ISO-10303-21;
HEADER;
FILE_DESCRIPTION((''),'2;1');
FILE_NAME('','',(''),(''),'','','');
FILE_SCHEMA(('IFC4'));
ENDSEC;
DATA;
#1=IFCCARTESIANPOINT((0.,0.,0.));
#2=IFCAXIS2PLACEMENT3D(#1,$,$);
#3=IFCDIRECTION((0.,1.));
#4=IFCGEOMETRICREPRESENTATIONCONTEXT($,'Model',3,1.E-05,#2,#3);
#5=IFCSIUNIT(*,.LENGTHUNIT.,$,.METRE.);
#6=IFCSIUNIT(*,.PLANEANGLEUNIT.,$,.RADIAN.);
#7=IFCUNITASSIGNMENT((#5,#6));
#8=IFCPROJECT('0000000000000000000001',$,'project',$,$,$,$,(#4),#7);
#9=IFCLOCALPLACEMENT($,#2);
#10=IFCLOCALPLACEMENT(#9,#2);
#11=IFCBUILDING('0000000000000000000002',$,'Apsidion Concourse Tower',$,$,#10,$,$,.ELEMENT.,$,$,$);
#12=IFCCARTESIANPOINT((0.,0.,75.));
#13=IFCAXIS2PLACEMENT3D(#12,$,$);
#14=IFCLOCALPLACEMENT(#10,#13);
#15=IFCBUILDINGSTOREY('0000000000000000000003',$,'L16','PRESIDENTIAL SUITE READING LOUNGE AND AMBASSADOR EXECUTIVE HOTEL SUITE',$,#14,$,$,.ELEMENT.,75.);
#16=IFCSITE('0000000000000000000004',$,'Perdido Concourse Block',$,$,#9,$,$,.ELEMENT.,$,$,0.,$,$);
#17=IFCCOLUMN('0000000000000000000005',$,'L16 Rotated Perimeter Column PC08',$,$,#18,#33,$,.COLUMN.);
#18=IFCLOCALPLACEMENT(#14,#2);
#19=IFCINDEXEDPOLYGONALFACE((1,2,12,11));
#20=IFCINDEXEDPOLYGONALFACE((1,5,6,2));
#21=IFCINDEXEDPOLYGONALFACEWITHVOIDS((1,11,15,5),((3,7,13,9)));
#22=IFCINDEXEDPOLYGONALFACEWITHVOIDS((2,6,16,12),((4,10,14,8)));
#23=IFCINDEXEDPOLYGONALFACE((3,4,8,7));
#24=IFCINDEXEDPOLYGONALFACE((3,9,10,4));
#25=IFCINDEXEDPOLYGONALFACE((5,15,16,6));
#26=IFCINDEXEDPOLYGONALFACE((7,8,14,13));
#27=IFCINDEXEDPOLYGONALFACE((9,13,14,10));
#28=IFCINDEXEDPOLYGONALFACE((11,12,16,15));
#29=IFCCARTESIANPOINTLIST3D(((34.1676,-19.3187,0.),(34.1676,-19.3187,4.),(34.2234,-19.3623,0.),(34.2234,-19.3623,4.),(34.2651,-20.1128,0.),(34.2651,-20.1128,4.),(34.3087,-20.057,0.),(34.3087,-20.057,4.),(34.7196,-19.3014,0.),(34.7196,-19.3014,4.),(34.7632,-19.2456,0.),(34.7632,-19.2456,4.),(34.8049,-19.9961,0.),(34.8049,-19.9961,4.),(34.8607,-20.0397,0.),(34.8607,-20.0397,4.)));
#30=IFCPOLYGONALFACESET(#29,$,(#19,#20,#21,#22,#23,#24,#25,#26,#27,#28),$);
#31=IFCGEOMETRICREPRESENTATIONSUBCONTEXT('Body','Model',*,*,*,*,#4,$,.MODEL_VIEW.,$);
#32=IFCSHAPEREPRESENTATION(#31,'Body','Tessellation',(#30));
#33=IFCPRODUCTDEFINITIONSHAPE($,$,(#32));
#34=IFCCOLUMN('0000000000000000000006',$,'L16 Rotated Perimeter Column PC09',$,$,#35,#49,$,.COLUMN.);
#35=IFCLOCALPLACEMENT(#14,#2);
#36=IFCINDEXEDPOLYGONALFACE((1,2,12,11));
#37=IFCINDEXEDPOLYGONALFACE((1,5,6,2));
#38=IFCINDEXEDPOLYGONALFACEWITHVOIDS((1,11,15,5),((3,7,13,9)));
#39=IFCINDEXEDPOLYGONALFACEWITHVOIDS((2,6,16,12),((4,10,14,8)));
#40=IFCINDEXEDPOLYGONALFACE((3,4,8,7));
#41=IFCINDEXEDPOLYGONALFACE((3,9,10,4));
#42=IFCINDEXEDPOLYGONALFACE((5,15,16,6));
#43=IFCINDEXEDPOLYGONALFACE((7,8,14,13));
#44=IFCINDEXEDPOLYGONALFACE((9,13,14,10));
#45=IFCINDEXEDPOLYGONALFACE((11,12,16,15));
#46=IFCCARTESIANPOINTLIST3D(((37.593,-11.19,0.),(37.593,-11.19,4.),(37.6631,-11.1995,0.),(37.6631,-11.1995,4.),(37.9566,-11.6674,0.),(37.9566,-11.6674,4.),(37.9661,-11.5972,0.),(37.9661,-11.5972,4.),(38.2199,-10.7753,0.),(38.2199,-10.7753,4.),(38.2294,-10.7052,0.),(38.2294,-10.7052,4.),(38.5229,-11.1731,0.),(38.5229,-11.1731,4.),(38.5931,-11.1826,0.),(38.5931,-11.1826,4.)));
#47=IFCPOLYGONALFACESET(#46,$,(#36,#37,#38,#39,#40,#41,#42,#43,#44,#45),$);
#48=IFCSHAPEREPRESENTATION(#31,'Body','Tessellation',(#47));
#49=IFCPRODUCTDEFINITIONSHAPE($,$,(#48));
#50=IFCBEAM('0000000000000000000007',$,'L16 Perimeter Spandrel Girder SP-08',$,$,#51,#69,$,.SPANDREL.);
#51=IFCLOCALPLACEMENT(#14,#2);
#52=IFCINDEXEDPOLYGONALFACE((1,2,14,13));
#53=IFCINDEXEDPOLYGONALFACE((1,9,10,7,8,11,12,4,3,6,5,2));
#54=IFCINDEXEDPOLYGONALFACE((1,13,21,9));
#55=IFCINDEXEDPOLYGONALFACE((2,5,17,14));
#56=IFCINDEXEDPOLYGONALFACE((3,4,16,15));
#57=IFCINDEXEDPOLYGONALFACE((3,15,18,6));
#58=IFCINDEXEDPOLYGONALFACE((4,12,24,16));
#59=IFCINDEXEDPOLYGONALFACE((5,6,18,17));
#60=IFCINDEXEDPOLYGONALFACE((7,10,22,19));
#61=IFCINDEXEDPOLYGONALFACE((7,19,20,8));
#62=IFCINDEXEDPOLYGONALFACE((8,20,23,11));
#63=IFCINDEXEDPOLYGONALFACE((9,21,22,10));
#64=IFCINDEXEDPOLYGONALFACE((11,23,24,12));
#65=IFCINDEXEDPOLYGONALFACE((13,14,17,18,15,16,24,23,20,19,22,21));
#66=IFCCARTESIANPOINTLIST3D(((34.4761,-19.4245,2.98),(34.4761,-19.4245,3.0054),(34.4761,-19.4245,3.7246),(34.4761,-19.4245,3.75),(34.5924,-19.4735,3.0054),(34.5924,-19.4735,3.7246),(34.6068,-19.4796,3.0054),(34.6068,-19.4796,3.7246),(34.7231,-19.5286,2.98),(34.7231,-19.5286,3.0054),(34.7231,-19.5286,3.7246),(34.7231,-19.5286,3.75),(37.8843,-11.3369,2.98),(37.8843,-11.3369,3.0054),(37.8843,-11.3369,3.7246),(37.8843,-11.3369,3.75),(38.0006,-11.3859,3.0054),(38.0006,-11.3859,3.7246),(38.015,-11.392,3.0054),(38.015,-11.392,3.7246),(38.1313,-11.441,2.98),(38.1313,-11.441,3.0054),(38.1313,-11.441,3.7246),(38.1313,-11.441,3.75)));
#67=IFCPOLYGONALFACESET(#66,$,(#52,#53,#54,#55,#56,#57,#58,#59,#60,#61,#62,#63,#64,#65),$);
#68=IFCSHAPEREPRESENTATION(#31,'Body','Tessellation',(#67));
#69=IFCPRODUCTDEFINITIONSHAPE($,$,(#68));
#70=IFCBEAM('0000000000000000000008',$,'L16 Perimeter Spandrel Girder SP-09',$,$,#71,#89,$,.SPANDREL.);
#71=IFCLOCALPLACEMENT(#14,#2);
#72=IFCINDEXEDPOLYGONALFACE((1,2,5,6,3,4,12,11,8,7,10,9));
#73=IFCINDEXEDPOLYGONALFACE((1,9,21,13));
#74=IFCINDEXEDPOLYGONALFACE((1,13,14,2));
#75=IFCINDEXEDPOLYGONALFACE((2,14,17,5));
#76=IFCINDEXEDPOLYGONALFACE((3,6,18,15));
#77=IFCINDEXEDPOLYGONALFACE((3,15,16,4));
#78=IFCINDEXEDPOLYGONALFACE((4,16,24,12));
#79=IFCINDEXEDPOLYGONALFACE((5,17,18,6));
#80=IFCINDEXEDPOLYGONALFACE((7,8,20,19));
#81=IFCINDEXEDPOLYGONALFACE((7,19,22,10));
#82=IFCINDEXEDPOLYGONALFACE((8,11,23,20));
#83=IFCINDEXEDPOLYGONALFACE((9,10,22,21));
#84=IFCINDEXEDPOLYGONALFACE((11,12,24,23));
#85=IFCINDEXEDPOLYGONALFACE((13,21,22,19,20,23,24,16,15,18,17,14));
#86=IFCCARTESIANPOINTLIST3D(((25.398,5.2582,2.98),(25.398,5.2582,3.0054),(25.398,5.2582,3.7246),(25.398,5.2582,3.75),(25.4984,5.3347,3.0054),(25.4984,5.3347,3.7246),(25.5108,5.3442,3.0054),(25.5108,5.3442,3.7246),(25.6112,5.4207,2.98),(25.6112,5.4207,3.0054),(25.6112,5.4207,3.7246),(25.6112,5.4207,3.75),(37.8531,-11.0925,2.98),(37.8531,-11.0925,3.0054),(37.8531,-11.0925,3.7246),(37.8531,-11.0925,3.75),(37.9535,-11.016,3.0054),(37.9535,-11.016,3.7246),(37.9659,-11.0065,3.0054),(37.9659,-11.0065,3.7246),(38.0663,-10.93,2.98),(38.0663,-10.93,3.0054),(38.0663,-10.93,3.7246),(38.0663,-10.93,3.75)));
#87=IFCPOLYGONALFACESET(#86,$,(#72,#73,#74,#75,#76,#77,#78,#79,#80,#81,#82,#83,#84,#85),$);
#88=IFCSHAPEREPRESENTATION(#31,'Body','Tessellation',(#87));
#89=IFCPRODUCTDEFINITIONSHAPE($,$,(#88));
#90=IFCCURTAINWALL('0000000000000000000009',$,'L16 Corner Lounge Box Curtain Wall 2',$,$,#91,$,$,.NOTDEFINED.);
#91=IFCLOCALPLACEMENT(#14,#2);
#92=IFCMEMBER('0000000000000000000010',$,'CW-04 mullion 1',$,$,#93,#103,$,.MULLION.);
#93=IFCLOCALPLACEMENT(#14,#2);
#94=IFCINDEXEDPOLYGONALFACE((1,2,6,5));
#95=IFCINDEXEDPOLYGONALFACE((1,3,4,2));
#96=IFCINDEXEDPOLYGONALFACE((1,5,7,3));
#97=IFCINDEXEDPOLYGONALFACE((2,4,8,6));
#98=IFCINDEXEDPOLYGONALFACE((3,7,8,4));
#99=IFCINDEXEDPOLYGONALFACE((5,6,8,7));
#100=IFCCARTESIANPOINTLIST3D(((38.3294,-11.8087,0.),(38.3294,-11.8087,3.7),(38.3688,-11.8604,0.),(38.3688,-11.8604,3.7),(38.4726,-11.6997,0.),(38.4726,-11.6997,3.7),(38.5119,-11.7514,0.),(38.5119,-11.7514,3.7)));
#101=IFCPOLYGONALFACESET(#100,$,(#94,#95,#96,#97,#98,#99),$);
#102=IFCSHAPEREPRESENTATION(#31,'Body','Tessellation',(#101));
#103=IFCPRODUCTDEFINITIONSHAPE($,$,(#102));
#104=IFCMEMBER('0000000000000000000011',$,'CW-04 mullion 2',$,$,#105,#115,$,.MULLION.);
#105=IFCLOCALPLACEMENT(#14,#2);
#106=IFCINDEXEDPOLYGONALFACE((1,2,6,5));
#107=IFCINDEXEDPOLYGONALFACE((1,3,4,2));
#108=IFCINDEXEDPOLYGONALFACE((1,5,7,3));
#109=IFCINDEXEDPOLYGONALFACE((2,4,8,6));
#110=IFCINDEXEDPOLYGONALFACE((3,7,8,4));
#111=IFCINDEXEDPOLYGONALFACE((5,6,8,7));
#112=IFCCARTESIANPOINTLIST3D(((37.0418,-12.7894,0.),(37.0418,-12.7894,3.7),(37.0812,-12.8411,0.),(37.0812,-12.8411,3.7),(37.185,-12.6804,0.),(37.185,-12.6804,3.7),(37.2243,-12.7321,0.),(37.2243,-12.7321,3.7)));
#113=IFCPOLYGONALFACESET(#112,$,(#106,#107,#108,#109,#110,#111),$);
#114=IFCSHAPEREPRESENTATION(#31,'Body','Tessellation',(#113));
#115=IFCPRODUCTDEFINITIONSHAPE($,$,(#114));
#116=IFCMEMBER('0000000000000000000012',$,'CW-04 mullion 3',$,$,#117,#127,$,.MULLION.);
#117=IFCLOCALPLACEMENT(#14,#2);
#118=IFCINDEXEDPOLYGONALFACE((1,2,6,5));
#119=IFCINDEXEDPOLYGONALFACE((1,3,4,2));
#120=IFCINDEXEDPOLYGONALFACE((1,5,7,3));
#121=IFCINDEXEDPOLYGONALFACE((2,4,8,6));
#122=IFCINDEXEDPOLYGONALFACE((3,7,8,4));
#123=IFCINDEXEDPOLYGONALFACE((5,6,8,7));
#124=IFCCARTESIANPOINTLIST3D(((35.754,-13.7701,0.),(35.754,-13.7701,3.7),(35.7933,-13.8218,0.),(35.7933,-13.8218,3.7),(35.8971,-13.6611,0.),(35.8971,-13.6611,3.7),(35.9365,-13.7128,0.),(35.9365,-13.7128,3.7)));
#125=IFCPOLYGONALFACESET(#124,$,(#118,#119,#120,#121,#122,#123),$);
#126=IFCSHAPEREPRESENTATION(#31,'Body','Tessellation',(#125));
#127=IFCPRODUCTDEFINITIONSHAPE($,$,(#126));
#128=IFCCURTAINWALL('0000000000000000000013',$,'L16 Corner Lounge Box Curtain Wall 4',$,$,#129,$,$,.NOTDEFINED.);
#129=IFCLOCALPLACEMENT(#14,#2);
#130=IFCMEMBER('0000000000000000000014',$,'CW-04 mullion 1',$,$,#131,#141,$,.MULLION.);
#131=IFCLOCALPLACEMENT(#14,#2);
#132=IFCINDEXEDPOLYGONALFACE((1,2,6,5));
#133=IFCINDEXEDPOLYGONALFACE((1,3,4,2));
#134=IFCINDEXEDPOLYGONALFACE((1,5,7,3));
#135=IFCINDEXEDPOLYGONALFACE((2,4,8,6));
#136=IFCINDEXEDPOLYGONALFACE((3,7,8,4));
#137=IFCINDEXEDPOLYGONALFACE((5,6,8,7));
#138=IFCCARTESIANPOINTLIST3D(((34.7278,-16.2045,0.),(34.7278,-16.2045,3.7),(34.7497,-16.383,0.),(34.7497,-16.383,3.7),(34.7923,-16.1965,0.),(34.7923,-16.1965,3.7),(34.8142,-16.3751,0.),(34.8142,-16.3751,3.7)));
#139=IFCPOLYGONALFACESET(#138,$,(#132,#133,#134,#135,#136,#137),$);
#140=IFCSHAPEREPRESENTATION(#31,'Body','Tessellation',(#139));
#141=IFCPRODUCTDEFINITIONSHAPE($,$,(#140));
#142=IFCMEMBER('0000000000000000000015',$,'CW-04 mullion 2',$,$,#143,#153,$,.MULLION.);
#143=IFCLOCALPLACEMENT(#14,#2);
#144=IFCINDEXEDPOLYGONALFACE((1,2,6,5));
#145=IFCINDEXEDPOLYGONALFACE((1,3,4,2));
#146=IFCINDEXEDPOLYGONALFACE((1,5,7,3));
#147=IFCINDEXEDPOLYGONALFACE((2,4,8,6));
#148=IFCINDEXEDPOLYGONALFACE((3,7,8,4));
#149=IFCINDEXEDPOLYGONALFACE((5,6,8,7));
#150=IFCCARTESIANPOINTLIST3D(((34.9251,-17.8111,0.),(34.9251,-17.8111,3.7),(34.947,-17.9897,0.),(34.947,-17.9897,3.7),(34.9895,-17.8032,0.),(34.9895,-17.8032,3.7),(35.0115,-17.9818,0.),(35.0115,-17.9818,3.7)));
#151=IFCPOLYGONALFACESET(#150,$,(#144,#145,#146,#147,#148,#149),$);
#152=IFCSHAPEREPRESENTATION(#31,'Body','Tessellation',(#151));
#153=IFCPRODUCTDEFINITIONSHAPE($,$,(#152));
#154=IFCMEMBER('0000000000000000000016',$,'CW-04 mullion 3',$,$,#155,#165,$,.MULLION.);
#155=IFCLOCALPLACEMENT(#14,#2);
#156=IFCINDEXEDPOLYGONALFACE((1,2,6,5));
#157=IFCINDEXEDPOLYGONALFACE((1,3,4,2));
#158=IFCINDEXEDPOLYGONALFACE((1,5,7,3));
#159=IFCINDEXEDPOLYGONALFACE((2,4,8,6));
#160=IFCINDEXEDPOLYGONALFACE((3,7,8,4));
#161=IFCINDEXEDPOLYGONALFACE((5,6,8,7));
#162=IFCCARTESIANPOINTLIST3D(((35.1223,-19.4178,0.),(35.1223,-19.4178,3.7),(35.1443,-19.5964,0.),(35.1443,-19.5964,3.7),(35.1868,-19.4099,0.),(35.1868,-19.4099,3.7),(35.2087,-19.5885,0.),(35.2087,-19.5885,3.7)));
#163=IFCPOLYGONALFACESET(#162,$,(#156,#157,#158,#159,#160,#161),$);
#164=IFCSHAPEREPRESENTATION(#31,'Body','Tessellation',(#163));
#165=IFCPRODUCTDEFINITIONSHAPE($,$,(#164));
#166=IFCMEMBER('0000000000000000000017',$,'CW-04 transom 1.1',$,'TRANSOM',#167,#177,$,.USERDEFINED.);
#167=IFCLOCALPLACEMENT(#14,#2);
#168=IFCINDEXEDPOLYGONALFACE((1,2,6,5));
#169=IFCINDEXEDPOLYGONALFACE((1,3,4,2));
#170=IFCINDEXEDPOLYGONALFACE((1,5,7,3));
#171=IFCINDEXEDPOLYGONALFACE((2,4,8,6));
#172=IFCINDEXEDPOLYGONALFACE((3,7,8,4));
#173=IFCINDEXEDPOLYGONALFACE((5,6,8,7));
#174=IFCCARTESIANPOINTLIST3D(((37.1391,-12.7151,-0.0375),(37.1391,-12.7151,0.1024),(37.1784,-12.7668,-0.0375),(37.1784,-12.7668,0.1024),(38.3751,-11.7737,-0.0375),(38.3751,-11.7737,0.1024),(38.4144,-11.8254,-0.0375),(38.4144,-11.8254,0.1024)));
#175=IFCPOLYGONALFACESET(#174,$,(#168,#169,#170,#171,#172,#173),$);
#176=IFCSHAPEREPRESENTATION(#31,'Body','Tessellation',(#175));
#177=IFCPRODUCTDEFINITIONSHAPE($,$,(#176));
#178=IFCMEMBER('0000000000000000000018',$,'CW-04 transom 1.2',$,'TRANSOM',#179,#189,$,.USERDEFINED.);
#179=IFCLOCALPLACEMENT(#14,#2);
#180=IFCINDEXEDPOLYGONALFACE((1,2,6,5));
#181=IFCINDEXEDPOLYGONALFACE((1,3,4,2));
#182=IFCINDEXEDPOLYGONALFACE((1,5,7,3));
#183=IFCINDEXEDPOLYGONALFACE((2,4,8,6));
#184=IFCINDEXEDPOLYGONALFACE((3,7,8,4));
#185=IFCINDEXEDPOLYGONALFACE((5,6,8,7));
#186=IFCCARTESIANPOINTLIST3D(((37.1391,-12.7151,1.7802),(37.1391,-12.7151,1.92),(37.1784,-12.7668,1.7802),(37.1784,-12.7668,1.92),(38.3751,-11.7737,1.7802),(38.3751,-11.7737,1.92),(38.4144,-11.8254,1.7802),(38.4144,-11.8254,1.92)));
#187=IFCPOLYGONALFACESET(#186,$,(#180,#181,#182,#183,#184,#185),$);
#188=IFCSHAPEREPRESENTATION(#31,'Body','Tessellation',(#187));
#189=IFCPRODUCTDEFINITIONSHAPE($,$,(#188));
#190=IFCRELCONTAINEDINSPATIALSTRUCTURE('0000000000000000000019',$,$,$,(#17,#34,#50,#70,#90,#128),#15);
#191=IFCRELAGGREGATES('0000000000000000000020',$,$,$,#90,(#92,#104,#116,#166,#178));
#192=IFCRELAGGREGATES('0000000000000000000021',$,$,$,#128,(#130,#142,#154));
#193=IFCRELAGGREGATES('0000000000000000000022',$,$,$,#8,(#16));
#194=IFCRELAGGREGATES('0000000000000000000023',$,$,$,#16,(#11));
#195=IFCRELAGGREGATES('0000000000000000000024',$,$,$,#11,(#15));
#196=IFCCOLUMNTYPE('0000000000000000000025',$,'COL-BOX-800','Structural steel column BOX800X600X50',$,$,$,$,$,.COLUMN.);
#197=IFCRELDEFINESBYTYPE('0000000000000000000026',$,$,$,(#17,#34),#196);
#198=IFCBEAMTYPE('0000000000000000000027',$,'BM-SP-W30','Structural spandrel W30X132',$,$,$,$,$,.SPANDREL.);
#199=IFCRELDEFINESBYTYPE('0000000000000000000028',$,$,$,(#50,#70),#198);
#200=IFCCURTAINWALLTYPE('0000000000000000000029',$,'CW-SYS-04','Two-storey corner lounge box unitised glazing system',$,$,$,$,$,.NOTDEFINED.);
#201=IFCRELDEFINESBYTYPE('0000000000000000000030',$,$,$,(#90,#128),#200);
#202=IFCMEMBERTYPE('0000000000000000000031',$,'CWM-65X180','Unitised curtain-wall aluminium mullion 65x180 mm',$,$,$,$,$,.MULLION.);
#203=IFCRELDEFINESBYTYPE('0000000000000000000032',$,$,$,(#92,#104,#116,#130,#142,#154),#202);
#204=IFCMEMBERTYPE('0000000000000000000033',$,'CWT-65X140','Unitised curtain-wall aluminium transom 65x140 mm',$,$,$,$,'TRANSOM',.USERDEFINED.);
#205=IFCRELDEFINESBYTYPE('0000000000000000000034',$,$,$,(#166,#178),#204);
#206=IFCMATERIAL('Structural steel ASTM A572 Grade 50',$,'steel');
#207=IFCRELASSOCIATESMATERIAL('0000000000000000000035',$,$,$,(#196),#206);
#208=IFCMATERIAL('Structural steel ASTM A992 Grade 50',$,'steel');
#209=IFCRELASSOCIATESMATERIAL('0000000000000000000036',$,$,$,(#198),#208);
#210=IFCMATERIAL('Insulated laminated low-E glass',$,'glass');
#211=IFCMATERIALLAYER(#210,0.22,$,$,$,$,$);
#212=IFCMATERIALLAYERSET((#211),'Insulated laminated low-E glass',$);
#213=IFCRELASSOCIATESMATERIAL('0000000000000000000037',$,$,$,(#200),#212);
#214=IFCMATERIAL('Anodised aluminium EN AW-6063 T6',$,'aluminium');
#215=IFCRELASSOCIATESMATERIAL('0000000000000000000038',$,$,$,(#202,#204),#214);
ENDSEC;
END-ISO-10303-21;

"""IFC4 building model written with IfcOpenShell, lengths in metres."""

from ifc_helpers import new_model, si_unit, direction, frame, origin, origin_2d, place, context, subcontext, project, spatial, rectangle, hollow_rectangle, i_section, extrude, material, layer, layer_set, material_profile, profile_set, type_object, element, aggregate, save


model = new_model("IFC4")

# Units and contexts
model_context = context("Model", 3, precision=1e-05, world=origin(), true_north=direction((0.0, 1.0)))
body_context = subcontext(model_context, "Body", "Model", "MODEL_VIEW")
ifc_project = project(units=[si_unit("LENGTHUNIT", "METRE"), si_unit("PLANEANGLEUNIT", "RADIAN")], contexts=[model_context])

# Site, building, storey
site_placement = place(None, origin())
site = spatial("IfcSite", under=ifc_project, at=site_placement, Name="Perdido Concourse Block", CompositionType="ELEMENT", RefElevation=0.0)
building_placement = place(site_placement, origin())
building = spatial("IfcBuilding", under=site, at=building_placement, Name="Apsidion Concourse Tower", CompositionType="ELEMENT")
storey_placement = place(building_placement, frame((0.0, 0.0, 75.0)))
storey = spatial("IfcBuildingStorey", under=building, at=storey_placement, Name="L16", Description="PRESIDENTIAL SUITE READING LOUNGE AND AMBASSADOR EXECUTIVE HOTEL SUITE", CompositionType="ELEMENT", Elevation=75.0)

# Columns
ifc_material_1 = material(Name="Structural steel ASTM A572 Grade 50", Category="steel")
ifc_material_profile_1 = material_profile(ifc_material_1, hollow_rectangle(XDim=0.6001, YDim=0.8, WallThickness=0.05, at=origin_2d()), Name="BOX800X600X50")
ifc_profile_set_1 = profile_set([ifc_material_profile_1], Name="Structural steel ASTM A572 Grade 50")
column_type = type_object("IfcColumnType", Name="COL-BOX-800", Description="Structural steel column BOX800X600X50", PredefinedType="COLUMN", material=ifc_profile_set_1)
for number, where, z_axis, x_axis, name in (
    (1, (34.5142, -19.6792, 0.0), (0.0, 0.0, 1.0), (0.992546, 0.121869, 0.0), "L16 Rotated Perimeter Column PC08"),
    (2, (38.093, -11.1863, 0.0), (0.0, 0.0, 1.0), (-0.605988, 0.795473, 0.0), "L16 Rotated Perimeter Column PC09"),
):
    element("IfcColumn", number, at=place(storey_placement, frame(where, z_axis=z_axis, x_axis=x_axis)), inside=storey, type_object=column_type, Name=name, PredefinedType="COLUMN", context=body_context, shape_type="SweptSolid", body=[
        extrude(hollow_rectangle(XDim=0.6001, YDim=0.8, WallThickness=0.05, at=origin_2d()), origin(), (0.0, 0.0, 1.0), 4.0),
    ])

# Beams
ifc_material_2 = material(Name="Structural steel ASTM A992 Grade 50", Category="steel")
ifc_material_profile_2 = material_profile(ifc_material_2, i_section(OverallWidth=0.2681, OverallDepth=0.77, WebThickness=0.0156, FlangeThickness=0.0254, at=origin_2d()), Name="W30X132")
ifc_profile_set_2 = profile_set([ifc_material_profile_2], Name="Structural steel ASTM A992 Grade 50")
beam_type = type_object("IfcBeamType", Name="BM-SP-W30", Description="Structural spandrel W30X132", PredefinedType="SPANDREL", material=ifc_profile_set_2)
beam_1_placement = place(storey_placement, frame((34.5996, -19.4766, 3.365), z_axis=(0.388336, 0.921518, 0.0), x_axis=(-0.921518, 0.388336, 0.0)))
element("IfcBeam", 3, at=beam_1_placement, inside=storey, type_object=beam_type, Name="L16 Perimeter Spandrel Girder SP-08", PredefinedType="SPANDREL", context=body_context, shape_type="SweptSolid", body=[
    extrude(i_section(OverallWidth=0.2681, OverallDepth=0.77, WebThickness=0.0156, FlangeThickness=0.0254, at=origin_2d()), origin(), (0.0, 0.0, 1.0), 8.7764),
])
beam_2_placement = place(storey_placement, frame((37.9597, -11.0112, 3.365), z_axis=(-0.605966, 0.795491, 0.0), x_axis=(-0.795491, -0.605966, 0.0)))
element("IfcBeam", 4, at=beam_2_placement, inside=storey, type_object=beam_type, Name="L16 Perimeter Spandrel Girder SP-09", PredefinedType="SPANDREL", context=body_context, shape_type="SweptSolid", body=[
    extrude(i_section(OverallWidth=0.2681, OverallDepth=0.77, WebThickness=0.0156, FlangeThickness=0.0254, at=origin_2d()), origin(), (0.0, 0.0, 1.0), 20.5542),
])

# Curtain walls, members
ifc_material_3 = material(Name="Insulated laminated low-E glass", Category="glass")
ifc_layer_1 = layer(ifc_material_3, 0.22)
ifc_layer_set_1 = layer_set([ifc_layer_1], Name="Insulated laminated low-E glass")
curtain_wall_type = type_object("IfcCurtainWallType", Name="CW-SYS-04", Description="Two-storey corner lounge box unitised glazing system", PredefinedType="NOTDEFINED", material=ifc_layer_set_1)
curtain_wall_1_placement = place(storey_placement, origin())
curtain_wall_1 = element("IfcCurtainWall", 5, at=curtain_wall_1_placement, inside=storey, type_object=curtain_wall_type, Name="L16 Corner Lounge Box Curtain Wall 2", PredefinedType="NOTDEFINED")
ifc_material_4 = material(Name="Anodised aluminium EN AW-6063 T6", Category="aluminium")
ifc_material_profile_3 = material_profile(ifc_material_4, rectangle(XDim=0.0649, YDim=0.1799, at=origin_2d()), Name="ALU MULLION 65x180")
ifc_profile_set_3 = profile_set([ifc_material_profile_3], Name="Anodised aluminium EN AW-6063 T6")
member_type_1 = type_object("IfcMemberType", Name="CWM-65X180", Description="Unitised curtain-wall aluminium mullion 65x180 mm", PredefinedType="MULLION", material=ifc_profile_set_3)
member_1_placement = place(storey_placement, frame((38.4207, -11.78, 0.0), z_axis=(0.0, 0.0, 1.0), x_axis=(0.60588, -0.795556, 0.0)))
member_1 = element("IfcMember", 6, at=member_1_placement, type_object=member_type_1, Name="CW-04 mullion 1", PredefinedType="MULLION", context=body_context, shape_type="SweptSolid", body=[
    extrude(rectangle(XDim=0.0649, YDim=0.1799, at=origin_2d()), origin(), (0.0, 0.0, 1.0), 3.7),
])
member_2_placement = place(storey_placement, frame((37.1331, -12.7607, 0.0), z_axis=(0.0, 0.0, 1.0), x_axis=(0.60588, -0.795556, 0.0)))
member_2 = element("IfcMember", 7, at=member_2_placement, type_object=member_type_1, Name="CW-04 mullion 2", PredefinedType="MULLION", context=body_context, shape_type="SweptSolid", body=[
    extrude(rectangle(XDim=0.0649, YDim=0.1799, at=origin_2d()), origin(), (0.0, 0.0, 1.0), 3.7),
])
member_3_placement = place(storey_placement, frame((35.8452, -13.7415, 0.0), z_axis=(0.0, 0.0, 1.0), x_axis=(0.60588, -0.795556, 0.0)))
member_3 = element("IfcMember", 8, at=member_3_placement, type_object=member_type_1, Name="CW-04 mullion 3", PredefinedType="MULLION", context=body_context, shape_type="SweptSolid", body=[
    extrude(rectangle(XDim=0.0649, YDim=0.1799, at=origin_2d()), origin(), (0.0, 0.0, 1.0), 3.7),
])
curtain_wall_2_placement = place(storey_placement, origin())
curtain_wall_2 = element("IfcCurtainWall", 9, at=curtain_wall_2_placement, inside=storey, type_object=curtain_wall_type, Name="L16 Corner Lounge Box Curtain Wall 4", PredefinedType="NOTDEFINED")
member_4_placement = place(storey_placement, frame((34.771, -16.2898, 0.0), z_axis=(0.0, 0.0, 1.0), x_axis=(0.992545, 0.121877, 0.0)))
member_4 = element("IfcMember", 10, at=member_4_placement, type_object=member_type_1, Name="CW-04 mullion 1", PredefinedType="MULLION", context=body_context, shape_type="SweptSolid", body=[
    extrude(rectangle(XDim=0.0649, YDim=0.1799, at=origin_2d()), origin(), (0.0, 0.0, 1.0), 3.7),
])
member_5_placement = place(storey_placement, frame((34.9683, -17.8965, 0.0), z_axis=(0.0, 0.0, 1.0), x_axis=(0.992545, 0.121877, 0.0)))
member_5 = element("IfcMember", 11, at=member_5_placement, type_object=member_type_1, Name="CW-04 mullion 2", PredefinedType="MULLION", context=body_context, shape_type="SweptSolid", body=[
    extrude(rectangle(XDim=0.0649, YDim=0.1799, at=origin_2d()), origin(), (0.0, 0.0, 1.0), 3.7),
])
member_6_placement = place(storey_placement, frame((35.1655, -19.5032, 0.0), z_axis=(0.0, 0.0, 1.0), x_axis=(0.992545, 0.121877, 0.0)))
member_6 = element("IfcMember", 12, at=member_6_placement, type_object=member_type_1, Name="CW-04 mullion 3", PredefinedType="MULLION", context=body_context, shape_type="SweptSolid", body=[
    extrude(rectangle(XDim=0.0649, YDim=0.1799, at=origin_2d()), origin(), (0.0, 0.0, 1.0), 3.7),
])

# Members
ifc_material_profile_4 = material_profile(ifc_material_4, rectangle(XDim=0.0649, YDim=0.1399, at=origin_2d()), Name="ALU TRANSOM 65x140")
ifc_profile_set_4 = profile_set([ifc_material_profile_4], Name="Anodised aluminium EN AW-6063 T6")
member_type_2 = type_object("IfcMemberType", Name="CWT-65X140", Description="Unitised curtain-wall aluminium transom 65x140 mm", ElementType="TRANSOM", PredefinedType="USERDEFINED", material=ifc_profile_set_4)
member_7_placement = place(storey_placement, frame((38.3948, -11.7996, 0.0325), z_axis=(-0.795547, -0.605892, 0.0), x_axis=(0.605892, -0.795547, 0.0)))
member_7 = element("IfcMember", 13, at=member_7_placement, type_object=member_type_2, Name="CW-04 transom 1.1", ObjectType="TRANSOM", PredefinedType="USERDEFINED", context=body_context, shape_type="SweptSolid", body=[
    extrude(rectangle(XDim=0.0649, YDim=0.1399, at=origin_2d()), origin(), (0.0, 0.0, 1.0), 1.5537),
])
member_8_placement = place(storey_placement, frame((38.3948, -11.7996, 1.8501), z_axis=(-0.795547, -0.605892, 0.0), x_axis=(0.605892, -0.795547, 0.0)))
member_8 = element("IfcMember", 14, at=member_8_placement, type_object=member_type_2, Name="CW-04 transom 1.2", ObjectType="TRANSOM", PredefinedType="USERDEFINED", context=body_context, shape_type="SweptSolid", body=[
    extrude(rectangle(XDim=0.0649, YDim=0.1399, at=origin_2d()), origin(), (0.0, 0.0, 1.0), 1.5537),
])

aggregate(curtain_wall_1, [member_1, member_2, member_3, member_7, member_8])
aggregate(curtain_wall_2, [member_4, member_5, member_6])

save(model, "model.ifc")
